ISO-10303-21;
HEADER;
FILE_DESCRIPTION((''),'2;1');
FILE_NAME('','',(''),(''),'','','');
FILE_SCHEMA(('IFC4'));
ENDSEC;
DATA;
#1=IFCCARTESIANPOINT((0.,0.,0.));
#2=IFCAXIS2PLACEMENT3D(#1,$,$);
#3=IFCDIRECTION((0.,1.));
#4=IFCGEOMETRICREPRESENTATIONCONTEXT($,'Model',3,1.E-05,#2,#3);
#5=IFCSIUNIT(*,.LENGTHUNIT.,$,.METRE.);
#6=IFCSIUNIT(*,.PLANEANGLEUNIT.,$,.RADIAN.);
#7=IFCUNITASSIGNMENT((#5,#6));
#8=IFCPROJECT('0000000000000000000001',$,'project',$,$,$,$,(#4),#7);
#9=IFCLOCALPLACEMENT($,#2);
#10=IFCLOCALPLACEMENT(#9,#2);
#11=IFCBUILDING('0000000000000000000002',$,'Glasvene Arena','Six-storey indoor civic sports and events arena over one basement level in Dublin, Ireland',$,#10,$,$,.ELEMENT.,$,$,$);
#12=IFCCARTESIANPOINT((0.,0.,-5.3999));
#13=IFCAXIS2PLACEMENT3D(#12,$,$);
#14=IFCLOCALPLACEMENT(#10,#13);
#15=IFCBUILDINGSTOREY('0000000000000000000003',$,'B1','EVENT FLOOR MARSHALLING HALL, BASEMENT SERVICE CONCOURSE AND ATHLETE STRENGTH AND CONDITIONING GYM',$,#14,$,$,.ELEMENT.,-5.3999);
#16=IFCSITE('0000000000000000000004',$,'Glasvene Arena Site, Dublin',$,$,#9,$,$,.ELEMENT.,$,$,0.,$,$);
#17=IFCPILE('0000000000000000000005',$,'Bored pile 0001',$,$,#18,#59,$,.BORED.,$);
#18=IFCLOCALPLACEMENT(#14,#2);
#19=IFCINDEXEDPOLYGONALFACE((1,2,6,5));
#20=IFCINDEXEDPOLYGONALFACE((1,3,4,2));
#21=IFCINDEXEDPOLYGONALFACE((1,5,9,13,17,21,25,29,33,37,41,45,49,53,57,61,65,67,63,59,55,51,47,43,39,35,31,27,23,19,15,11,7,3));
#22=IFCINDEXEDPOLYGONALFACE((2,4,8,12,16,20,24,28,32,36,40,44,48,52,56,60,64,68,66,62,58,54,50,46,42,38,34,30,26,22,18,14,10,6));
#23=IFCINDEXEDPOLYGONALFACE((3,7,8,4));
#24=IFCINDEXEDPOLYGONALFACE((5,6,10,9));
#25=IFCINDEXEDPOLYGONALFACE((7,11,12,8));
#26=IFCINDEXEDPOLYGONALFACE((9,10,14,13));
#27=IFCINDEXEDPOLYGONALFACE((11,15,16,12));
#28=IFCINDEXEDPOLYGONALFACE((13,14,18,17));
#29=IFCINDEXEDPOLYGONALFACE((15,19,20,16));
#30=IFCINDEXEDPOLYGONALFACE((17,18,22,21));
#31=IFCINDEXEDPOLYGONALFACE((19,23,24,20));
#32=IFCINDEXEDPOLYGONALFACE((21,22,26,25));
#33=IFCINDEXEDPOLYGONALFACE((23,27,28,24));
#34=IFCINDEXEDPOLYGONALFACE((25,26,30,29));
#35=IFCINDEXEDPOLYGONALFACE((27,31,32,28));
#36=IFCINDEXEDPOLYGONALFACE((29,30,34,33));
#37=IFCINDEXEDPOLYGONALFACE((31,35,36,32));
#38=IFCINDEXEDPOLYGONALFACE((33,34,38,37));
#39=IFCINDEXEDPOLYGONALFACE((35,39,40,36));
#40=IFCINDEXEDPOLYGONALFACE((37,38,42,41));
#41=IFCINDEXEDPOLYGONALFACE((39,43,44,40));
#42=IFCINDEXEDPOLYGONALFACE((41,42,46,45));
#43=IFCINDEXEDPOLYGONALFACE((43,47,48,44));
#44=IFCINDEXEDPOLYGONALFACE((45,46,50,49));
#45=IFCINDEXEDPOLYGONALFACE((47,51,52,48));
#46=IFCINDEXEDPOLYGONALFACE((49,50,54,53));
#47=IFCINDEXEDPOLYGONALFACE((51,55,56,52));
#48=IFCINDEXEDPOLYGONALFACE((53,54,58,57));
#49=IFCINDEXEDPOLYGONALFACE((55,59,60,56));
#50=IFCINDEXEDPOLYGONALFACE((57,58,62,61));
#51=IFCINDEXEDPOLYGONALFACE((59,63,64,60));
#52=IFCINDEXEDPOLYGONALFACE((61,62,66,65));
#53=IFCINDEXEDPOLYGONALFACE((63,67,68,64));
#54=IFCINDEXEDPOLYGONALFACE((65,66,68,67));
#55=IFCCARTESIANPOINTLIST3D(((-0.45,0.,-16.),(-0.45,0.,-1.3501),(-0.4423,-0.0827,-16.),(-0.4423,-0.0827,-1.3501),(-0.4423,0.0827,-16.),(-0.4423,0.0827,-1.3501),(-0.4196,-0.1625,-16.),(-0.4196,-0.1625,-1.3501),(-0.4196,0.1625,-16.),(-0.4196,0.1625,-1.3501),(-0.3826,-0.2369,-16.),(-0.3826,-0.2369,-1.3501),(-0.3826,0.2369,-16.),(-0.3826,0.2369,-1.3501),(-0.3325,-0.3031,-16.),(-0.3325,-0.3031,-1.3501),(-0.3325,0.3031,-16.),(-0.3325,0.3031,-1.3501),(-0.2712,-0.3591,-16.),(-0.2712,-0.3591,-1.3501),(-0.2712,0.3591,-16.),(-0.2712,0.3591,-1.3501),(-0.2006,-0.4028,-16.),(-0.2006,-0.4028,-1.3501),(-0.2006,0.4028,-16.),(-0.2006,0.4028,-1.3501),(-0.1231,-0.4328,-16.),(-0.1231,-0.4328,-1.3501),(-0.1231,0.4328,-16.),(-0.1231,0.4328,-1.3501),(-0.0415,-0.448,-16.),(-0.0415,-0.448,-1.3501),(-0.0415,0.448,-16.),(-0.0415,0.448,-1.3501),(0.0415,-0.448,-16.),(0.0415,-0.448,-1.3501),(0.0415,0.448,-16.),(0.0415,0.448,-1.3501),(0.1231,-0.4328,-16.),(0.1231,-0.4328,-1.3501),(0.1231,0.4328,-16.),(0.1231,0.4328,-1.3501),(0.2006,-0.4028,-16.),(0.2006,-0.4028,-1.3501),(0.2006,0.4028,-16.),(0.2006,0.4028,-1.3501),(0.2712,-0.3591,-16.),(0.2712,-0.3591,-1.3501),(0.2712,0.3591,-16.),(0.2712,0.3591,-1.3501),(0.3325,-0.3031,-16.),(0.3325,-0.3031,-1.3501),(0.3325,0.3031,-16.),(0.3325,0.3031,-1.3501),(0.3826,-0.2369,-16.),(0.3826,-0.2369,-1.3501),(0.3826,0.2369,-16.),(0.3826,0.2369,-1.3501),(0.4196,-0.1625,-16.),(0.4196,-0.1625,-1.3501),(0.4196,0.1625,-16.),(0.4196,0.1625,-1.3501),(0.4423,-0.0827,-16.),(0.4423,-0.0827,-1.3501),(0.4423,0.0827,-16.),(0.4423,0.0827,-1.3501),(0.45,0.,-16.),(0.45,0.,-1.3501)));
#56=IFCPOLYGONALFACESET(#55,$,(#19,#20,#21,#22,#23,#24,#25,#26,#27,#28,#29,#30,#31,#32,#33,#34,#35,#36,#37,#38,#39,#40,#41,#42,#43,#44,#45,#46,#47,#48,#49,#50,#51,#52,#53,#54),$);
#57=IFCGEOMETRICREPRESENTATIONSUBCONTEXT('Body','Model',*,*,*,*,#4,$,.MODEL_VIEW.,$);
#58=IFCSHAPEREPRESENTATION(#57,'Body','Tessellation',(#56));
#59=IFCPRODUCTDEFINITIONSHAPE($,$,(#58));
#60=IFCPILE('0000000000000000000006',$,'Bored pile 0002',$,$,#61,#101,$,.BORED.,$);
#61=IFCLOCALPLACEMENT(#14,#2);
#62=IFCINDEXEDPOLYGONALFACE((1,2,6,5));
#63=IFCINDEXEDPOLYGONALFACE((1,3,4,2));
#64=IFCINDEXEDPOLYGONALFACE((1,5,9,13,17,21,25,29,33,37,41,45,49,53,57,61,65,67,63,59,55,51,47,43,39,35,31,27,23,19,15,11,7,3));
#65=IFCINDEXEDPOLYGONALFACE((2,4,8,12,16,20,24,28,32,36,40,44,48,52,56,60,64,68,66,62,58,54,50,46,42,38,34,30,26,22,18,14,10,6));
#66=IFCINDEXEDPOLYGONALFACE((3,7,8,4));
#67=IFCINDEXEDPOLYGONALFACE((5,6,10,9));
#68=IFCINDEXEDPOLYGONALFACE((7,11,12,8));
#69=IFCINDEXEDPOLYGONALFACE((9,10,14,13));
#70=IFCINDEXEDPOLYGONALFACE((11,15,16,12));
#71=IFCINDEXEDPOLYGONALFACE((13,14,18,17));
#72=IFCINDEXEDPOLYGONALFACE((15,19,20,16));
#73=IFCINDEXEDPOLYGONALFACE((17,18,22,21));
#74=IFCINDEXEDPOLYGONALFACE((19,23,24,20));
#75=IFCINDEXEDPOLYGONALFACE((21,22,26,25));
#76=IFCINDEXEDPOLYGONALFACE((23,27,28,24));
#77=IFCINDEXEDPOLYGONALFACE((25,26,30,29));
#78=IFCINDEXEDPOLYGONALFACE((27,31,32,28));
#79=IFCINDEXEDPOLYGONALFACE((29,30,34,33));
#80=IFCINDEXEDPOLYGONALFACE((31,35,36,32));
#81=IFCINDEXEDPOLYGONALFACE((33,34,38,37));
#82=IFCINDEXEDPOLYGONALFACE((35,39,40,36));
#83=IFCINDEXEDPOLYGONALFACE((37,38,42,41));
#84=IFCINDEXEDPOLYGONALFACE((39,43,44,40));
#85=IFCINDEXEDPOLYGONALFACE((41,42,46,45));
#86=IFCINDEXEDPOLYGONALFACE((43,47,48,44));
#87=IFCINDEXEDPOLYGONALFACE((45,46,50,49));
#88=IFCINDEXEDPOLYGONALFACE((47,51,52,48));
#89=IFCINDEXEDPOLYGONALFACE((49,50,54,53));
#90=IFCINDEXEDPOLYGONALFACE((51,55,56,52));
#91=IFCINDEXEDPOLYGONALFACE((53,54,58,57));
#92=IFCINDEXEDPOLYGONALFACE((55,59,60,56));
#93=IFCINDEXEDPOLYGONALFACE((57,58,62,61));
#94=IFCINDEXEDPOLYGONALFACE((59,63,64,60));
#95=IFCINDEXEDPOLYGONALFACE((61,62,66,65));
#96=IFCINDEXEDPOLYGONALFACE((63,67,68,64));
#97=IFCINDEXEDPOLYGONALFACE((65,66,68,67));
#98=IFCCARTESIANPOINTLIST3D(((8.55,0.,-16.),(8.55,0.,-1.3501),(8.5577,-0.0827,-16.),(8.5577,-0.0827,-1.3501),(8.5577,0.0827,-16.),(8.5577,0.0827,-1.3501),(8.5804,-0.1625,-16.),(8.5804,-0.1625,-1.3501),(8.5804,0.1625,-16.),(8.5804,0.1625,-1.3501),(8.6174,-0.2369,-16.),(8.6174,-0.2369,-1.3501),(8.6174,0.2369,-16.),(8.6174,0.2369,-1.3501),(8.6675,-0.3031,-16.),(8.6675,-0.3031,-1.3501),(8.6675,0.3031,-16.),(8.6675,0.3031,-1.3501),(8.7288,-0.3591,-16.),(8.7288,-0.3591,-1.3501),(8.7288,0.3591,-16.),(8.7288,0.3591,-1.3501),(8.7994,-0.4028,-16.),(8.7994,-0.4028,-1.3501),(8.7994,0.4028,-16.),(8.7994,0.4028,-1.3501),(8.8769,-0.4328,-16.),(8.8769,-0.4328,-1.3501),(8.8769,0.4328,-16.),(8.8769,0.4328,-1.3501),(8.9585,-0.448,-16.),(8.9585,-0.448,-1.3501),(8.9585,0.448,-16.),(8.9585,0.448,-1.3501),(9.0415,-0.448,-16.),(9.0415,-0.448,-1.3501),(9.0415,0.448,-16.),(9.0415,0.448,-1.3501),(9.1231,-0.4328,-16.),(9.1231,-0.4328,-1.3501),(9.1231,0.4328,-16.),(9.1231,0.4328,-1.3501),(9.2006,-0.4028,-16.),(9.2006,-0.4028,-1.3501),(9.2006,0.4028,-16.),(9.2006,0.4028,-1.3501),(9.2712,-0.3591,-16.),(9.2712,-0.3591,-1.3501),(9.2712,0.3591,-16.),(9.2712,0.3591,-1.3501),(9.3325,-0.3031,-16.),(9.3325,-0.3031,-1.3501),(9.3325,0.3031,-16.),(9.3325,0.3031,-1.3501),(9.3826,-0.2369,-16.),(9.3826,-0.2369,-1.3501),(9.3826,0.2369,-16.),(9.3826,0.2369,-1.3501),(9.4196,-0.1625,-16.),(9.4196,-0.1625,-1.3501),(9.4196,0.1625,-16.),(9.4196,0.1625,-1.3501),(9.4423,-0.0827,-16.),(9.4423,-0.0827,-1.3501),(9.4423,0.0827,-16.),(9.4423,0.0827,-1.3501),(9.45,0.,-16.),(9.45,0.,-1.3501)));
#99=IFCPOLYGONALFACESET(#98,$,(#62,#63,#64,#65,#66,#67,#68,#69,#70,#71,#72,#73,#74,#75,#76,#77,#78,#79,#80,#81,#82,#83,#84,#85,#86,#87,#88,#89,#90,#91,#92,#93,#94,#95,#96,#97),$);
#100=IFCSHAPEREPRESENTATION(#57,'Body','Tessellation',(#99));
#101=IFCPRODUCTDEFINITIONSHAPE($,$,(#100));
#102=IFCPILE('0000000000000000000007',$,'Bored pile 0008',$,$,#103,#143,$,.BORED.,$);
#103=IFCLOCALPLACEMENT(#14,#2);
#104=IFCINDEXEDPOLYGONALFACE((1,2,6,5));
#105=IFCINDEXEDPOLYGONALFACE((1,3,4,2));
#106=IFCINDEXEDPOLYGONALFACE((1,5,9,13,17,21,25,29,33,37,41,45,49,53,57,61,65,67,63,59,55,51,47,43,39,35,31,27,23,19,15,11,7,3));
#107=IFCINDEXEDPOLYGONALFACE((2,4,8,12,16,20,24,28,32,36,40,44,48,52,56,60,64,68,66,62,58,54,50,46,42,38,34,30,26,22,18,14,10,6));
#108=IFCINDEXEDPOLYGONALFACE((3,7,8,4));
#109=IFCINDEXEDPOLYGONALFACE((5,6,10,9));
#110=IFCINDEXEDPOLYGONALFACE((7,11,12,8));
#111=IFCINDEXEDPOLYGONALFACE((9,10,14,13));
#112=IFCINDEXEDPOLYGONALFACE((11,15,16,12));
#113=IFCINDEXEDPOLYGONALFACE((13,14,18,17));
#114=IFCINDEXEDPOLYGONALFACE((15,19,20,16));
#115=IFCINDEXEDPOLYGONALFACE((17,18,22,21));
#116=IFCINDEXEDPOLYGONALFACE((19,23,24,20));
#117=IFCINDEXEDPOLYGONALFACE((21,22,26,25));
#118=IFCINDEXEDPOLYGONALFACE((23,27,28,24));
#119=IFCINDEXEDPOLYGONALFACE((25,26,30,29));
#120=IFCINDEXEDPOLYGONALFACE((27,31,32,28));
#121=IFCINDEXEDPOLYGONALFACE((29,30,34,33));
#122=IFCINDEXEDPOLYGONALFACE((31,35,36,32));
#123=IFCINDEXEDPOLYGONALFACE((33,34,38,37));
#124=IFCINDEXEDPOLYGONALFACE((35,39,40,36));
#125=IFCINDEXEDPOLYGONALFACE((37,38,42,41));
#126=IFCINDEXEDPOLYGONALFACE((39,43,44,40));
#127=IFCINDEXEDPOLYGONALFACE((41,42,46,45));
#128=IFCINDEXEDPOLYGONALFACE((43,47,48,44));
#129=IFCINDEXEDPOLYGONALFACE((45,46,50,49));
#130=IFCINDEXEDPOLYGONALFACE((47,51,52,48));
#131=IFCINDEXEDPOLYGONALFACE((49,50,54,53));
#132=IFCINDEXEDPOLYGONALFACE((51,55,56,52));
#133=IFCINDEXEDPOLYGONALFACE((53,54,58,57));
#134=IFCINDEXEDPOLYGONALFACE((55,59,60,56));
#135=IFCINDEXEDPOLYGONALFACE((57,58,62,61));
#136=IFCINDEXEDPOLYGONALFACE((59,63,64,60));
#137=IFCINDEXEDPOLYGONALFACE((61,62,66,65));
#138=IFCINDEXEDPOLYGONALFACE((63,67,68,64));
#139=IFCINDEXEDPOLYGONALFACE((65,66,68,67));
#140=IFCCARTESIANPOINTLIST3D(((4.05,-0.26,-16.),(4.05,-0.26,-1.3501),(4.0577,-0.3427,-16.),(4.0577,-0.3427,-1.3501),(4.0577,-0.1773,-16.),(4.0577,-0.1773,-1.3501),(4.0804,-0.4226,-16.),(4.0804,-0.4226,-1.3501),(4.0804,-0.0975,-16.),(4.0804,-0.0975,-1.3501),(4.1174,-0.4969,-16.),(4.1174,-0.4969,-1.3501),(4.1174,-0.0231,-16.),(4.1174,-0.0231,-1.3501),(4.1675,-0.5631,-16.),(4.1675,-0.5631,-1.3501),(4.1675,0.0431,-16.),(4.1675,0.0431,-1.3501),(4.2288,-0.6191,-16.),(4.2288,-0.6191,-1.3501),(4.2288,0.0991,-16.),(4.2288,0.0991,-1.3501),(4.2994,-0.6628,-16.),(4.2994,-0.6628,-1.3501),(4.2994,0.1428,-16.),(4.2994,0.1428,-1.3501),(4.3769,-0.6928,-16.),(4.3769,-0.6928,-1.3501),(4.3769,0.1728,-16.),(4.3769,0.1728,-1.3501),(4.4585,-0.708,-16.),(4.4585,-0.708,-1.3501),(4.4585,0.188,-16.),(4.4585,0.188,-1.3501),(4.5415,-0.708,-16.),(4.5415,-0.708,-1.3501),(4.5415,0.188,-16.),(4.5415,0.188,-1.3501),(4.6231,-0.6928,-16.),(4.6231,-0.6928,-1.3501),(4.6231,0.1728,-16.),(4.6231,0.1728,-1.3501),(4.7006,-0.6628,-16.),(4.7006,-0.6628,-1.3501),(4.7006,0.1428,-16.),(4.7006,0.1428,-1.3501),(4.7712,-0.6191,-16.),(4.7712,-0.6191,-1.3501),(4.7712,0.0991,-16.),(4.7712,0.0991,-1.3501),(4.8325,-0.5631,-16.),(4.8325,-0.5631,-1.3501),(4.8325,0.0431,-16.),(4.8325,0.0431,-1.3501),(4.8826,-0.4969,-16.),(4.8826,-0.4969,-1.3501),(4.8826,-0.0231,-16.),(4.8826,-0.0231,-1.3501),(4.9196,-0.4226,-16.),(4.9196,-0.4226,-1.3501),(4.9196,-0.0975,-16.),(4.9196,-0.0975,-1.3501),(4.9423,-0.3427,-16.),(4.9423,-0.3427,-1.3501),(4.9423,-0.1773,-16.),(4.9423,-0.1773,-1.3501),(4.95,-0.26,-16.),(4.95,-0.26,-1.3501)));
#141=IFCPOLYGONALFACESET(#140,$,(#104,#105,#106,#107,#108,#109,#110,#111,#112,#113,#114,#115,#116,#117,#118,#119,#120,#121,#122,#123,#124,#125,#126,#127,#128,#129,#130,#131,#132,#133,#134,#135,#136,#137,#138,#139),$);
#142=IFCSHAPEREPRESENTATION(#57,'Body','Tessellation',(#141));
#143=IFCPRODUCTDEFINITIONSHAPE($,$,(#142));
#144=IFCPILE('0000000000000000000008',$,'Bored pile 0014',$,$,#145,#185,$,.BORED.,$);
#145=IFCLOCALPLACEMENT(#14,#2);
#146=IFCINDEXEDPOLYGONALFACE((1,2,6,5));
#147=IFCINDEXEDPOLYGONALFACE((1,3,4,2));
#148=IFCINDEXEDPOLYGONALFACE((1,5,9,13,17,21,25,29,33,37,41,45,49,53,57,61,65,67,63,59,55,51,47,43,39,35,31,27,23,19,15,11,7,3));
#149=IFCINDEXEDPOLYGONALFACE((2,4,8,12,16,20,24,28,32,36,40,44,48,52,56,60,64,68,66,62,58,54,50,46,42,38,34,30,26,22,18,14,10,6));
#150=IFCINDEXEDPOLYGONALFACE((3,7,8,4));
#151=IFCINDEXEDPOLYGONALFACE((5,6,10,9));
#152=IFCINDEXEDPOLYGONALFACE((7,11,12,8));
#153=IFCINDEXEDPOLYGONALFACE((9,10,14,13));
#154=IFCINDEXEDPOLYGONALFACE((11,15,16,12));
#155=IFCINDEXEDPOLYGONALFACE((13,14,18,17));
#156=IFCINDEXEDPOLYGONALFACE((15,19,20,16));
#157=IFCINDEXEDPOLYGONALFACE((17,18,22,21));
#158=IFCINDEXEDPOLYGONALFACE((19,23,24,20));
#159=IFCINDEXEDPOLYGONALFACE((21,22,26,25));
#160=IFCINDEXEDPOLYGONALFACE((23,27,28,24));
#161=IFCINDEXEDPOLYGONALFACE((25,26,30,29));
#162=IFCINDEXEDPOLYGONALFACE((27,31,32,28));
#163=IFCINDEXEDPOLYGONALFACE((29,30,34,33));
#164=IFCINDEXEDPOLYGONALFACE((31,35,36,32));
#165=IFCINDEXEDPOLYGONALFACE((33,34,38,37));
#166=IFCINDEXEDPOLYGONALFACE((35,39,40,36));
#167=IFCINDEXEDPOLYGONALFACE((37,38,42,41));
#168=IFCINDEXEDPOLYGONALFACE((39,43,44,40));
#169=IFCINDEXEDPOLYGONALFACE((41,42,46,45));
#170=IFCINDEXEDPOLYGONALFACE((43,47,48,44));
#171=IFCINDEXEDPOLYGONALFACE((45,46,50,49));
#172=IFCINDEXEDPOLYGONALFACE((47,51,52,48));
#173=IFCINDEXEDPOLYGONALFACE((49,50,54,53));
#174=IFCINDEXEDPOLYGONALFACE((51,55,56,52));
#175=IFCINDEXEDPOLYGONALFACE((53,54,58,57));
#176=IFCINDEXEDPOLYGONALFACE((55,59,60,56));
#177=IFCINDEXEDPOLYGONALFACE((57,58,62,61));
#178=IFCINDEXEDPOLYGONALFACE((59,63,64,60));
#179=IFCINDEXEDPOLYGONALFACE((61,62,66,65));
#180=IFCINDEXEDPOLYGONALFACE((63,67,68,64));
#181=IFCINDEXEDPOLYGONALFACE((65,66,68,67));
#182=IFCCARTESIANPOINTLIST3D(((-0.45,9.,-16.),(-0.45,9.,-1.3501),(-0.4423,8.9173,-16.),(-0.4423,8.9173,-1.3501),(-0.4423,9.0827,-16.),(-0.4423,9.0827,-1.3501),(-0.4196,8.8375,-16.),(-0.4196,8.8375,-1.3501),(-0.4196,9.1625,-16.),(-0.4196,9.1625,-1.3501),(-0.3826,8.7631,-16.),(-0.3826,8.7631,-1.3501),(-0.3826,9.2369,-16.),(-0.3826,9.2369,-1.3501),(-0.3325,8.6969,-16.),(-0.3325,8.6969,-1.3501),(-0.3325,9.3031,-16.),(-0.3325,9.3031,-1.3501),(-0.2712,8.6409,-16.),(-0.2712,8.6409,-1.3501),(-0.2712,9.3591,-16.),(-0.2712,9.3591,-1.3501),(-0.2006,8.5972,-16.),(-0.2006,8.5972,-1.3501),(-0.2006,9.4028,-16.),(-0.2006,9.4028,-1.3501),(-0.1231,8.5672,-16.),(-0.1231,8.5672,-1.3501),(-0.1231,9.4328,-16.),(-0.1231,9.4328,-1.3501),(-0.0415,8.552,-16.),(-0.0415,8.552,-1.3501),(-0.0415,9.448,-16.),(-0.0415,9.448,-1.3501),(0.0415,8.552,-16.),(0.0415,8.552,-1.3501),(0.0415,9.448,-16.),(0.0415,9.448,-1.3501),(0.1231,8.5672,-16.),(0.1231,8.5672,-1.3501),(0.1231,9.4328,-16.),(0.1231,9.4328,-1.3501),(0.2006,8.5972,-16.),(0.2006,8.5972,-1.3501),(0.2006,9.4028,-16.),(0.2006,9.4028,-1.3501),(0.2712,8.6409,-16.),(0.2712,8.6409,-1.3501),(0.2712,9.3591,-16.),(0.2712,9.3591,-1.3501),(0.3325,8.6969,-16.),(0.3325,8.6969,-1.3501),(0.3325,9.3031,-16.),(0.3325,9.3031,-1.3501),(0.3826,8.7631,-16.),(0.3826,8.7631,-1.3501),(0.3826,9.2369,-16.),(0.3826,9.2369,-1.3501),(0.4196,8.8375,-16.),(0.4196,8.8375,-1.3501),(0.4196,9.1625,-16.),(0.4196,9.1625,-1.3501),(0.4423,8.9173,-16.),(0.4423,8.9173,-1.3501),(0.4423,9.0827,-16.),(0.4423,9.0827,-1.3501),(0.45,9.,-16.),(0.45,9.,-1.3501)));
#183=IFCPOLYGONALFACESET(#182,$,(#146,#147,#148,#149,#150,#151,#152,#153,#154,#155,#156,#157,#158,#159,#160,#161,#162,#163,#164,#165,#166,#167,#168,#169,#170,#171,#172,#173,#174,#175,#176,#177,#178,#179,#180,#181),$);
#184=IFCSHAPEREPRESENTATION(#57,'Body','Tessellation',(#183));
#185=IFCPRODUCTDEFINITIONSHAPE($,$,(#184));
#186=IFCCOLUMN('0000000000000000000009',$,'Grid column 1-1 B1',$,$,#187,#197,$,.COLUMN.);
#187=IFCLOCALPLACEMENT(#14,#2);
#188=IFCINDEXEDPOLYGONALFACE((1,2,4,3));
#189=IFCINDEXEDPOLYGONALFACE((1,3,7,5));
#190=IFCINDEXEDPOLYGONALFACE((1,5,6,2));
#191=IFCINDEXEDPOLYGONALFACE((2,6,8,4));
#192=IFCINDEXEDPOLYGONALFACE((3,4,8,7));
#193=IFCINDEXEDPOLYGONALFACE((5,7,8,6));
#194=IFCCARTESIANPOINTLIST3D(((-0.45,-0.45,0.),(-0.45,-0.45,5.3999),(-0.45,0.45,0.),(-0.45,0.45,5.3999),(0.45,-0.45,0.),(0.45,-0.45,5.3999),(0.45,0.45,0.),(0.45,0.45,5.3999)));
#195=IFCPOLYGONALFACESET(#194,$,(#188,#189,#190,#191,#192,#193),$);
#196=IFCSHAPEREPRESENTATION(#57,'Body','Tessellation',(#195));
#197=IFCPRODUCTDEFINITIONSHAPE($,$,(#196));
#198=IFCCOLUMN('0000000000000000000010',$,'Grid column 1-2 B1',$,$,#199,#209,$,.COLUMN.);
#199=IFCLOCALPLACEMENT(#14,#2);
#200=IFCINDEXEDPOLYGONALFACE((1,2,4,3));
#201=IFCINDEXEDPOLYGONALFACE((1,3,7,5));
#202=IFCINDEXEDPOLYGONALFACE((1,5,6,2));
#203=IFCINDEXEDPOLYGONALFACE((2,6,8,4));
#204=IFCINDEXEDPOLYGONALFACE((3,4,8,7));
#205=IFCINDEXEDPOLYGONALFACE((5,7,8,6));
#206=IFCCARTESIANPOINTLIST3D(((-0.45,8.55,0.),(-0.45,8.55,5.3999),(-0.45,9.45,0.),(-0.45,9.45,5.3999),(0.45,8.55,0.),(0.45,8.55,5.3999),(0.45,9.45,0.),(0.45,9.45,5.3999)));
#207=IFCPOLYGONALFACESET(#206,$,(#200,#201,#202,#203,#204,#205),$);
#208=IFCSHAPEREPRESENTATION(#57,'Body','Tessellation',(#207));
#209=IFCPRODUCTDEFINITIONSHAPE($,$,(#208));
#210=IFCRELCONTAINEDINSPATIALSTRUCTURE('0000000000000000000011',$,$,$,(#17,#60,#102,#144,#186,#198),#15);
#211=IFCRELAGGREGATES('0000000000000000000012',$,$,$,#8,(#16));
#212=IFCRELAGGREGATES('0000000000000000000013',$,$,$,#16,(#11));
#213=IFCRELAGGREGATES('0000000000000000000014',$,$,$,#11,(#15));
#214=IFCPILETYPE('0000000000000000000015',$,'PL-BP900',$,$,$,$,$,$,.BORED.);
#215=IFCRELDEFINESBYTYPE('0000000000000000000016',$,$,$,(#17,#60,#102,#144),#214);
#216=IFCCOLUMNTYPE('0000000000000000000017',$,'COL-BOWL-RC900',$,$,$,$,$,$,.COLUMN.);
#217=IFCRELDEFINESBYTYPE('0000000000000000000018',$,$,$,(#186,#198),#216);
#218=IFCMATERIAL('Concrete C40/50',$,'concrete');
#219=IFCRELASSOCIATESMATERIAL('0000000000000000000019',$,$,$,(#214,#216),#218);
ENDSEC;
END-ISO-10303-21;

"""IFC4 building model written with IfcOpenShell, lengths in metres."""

from ifc_helpers import new_model, si_unit, direction, frame, origin, origin_2d, place, context, subcontext, project, spatial, rectangle, circle, extrude, material, material_profile, profile_set, type_object, element, save


model = new_model("IFC4")

# Units and contexts
model_context = context("Model", 3, precision=1e-05, world=origin(), true_north=direction((0.0, 1.0)))
body_context = subcontext(model_context, "Body", "Model", "MODEL_VIEW")
ifc_project = project(units=[si_unit("LENGTHUNIT", "METRE"), si_unit("PLANEANGLEUNIT", "RADIAN")], contexts=[model_context])

# Site, building, storey
site_placement = place(None, origin())
site = spatial("IfcSite", under=ifc_project, at=site_placement, Name="Glasvene Arena Site, Dublin", CompositionType="ELEMENT", RefElevation=0.0)
building_placement = place(site_placement, origin())
building = spatial("IfcBuilding", under=site, at=building_placement, Name="Glasvene Arena", Description="Six-storey indoor civic sports and events arena over one basement level in Dublin, Ireland", CompositionType="ELEMENT")
storey_placement = place(building_placement, frame((0.0, 0.0, -5.3999)))
storey = spatial("IfcBuildingStorey", under=building, at=storey_placement, Name="B1", Description="EVENT FLOOR MARSHALLING HALL, BASEMENT SERVICE CONCOURSE AND ATHLETE STRENGTH AND CONDITIONING GYM", CompositionType="ELEMENT", Elevation=-5.3999)

# Shared definitions
ifc_material_1 = material(Name="Concrete C40/50", Category="concrete")

# Piles
ifc_material_profile_1 = material_profile(ifc_material_1, circle(Radius=0.45, at=origin_2d()), Name="BORED PILE 900")
ifc_profile_set_1 = profile_set([ifc_material_profile_1], Name="Concrete C40/50")
pile_type_1 = type_object("IfcPileType", Name="PL-BP900", PredefinedType="BORED", material=ifc_profile_set_1)
for number, where, z_axis, x_axis, name in (
    (1, (0.0, 0.0, -1.3501), (0.0, 0.0, -1.0), (1.0, 0.0, 0.0), "Bored pile 0001"),
    (2, (9.0, 0.0, -1.3501), (0.0, 0.0, -1.0), (1.0, 0.0, 0.0), "Bored pile 0002"),
    (3, (4.5, -0.26, -1.3501), (0.0, 0.0, -1.0), (1.0, 0.0, 0.0), "Bored pile 0008"),
    (4, (0.0, 9.0, -1.3501), (0.0, 0.0, -1.0), (1.0, 0.0, 0.0), "Bored pile 0014"),
):
    element("IfcPile", number, at=place(storey_placement, frame(where, z_axis=z_axis, x_axis=x_axis)), inside=storey, type_object=pile_type_1, Name=name, PredefinedType="BORED", context=body_context, shape_type="SweptSolid", body=[
        extrude(circle(Radius=0.45, at=origin_2d()), origin(), (0.0, 0.0, 1.0), 14.6499),
    ])

# Columns
ifc_material_profile_2 = material_profile(ifc_material_1, rectangle(XDim=0.8999, YDim=0.8999, at=origin_2d()), Name="RC 900x900")
ifc_profile_set_2 = profile_set([ifc_material_profile_2], Name="Concrete C40/50")
column_type_1 = type_object("IfcColumnType", Name="COL-BOWL-RC900", PredefinedType="COLUMN", material=ifc_profile_set_2)
for number, where, z_axis, x_axis, name in (
    (5, (0.0, 0.0, 0.0), (0.0, 0.0, 1.0), (1.0, 0.0, 0.0), "Grid column 1-1 B1"),
    (6, (0.0, 9.0, 0.0), (0.0, 0.0, 1.0), (1.0, 0.0, 0.0), "Grid column 1-2 B1"),
):
    element("IfcColumn", number, at=place(storey_placement, frame(where, z_axis=z_axis, x_axis=x_axis)), inside=storey, type_object=column_type_1, Name=name, PredefinedType="COLUMN", context=body_context, shape_type="SweptSolid", body=[
        extrude(rectangle(XDim=0.8999, YDim=0.8999, at=origin_2d()), origin(), (0.0, 0.0, 1.0), 5.3999),
    ])

save(model, "model.ifc")
